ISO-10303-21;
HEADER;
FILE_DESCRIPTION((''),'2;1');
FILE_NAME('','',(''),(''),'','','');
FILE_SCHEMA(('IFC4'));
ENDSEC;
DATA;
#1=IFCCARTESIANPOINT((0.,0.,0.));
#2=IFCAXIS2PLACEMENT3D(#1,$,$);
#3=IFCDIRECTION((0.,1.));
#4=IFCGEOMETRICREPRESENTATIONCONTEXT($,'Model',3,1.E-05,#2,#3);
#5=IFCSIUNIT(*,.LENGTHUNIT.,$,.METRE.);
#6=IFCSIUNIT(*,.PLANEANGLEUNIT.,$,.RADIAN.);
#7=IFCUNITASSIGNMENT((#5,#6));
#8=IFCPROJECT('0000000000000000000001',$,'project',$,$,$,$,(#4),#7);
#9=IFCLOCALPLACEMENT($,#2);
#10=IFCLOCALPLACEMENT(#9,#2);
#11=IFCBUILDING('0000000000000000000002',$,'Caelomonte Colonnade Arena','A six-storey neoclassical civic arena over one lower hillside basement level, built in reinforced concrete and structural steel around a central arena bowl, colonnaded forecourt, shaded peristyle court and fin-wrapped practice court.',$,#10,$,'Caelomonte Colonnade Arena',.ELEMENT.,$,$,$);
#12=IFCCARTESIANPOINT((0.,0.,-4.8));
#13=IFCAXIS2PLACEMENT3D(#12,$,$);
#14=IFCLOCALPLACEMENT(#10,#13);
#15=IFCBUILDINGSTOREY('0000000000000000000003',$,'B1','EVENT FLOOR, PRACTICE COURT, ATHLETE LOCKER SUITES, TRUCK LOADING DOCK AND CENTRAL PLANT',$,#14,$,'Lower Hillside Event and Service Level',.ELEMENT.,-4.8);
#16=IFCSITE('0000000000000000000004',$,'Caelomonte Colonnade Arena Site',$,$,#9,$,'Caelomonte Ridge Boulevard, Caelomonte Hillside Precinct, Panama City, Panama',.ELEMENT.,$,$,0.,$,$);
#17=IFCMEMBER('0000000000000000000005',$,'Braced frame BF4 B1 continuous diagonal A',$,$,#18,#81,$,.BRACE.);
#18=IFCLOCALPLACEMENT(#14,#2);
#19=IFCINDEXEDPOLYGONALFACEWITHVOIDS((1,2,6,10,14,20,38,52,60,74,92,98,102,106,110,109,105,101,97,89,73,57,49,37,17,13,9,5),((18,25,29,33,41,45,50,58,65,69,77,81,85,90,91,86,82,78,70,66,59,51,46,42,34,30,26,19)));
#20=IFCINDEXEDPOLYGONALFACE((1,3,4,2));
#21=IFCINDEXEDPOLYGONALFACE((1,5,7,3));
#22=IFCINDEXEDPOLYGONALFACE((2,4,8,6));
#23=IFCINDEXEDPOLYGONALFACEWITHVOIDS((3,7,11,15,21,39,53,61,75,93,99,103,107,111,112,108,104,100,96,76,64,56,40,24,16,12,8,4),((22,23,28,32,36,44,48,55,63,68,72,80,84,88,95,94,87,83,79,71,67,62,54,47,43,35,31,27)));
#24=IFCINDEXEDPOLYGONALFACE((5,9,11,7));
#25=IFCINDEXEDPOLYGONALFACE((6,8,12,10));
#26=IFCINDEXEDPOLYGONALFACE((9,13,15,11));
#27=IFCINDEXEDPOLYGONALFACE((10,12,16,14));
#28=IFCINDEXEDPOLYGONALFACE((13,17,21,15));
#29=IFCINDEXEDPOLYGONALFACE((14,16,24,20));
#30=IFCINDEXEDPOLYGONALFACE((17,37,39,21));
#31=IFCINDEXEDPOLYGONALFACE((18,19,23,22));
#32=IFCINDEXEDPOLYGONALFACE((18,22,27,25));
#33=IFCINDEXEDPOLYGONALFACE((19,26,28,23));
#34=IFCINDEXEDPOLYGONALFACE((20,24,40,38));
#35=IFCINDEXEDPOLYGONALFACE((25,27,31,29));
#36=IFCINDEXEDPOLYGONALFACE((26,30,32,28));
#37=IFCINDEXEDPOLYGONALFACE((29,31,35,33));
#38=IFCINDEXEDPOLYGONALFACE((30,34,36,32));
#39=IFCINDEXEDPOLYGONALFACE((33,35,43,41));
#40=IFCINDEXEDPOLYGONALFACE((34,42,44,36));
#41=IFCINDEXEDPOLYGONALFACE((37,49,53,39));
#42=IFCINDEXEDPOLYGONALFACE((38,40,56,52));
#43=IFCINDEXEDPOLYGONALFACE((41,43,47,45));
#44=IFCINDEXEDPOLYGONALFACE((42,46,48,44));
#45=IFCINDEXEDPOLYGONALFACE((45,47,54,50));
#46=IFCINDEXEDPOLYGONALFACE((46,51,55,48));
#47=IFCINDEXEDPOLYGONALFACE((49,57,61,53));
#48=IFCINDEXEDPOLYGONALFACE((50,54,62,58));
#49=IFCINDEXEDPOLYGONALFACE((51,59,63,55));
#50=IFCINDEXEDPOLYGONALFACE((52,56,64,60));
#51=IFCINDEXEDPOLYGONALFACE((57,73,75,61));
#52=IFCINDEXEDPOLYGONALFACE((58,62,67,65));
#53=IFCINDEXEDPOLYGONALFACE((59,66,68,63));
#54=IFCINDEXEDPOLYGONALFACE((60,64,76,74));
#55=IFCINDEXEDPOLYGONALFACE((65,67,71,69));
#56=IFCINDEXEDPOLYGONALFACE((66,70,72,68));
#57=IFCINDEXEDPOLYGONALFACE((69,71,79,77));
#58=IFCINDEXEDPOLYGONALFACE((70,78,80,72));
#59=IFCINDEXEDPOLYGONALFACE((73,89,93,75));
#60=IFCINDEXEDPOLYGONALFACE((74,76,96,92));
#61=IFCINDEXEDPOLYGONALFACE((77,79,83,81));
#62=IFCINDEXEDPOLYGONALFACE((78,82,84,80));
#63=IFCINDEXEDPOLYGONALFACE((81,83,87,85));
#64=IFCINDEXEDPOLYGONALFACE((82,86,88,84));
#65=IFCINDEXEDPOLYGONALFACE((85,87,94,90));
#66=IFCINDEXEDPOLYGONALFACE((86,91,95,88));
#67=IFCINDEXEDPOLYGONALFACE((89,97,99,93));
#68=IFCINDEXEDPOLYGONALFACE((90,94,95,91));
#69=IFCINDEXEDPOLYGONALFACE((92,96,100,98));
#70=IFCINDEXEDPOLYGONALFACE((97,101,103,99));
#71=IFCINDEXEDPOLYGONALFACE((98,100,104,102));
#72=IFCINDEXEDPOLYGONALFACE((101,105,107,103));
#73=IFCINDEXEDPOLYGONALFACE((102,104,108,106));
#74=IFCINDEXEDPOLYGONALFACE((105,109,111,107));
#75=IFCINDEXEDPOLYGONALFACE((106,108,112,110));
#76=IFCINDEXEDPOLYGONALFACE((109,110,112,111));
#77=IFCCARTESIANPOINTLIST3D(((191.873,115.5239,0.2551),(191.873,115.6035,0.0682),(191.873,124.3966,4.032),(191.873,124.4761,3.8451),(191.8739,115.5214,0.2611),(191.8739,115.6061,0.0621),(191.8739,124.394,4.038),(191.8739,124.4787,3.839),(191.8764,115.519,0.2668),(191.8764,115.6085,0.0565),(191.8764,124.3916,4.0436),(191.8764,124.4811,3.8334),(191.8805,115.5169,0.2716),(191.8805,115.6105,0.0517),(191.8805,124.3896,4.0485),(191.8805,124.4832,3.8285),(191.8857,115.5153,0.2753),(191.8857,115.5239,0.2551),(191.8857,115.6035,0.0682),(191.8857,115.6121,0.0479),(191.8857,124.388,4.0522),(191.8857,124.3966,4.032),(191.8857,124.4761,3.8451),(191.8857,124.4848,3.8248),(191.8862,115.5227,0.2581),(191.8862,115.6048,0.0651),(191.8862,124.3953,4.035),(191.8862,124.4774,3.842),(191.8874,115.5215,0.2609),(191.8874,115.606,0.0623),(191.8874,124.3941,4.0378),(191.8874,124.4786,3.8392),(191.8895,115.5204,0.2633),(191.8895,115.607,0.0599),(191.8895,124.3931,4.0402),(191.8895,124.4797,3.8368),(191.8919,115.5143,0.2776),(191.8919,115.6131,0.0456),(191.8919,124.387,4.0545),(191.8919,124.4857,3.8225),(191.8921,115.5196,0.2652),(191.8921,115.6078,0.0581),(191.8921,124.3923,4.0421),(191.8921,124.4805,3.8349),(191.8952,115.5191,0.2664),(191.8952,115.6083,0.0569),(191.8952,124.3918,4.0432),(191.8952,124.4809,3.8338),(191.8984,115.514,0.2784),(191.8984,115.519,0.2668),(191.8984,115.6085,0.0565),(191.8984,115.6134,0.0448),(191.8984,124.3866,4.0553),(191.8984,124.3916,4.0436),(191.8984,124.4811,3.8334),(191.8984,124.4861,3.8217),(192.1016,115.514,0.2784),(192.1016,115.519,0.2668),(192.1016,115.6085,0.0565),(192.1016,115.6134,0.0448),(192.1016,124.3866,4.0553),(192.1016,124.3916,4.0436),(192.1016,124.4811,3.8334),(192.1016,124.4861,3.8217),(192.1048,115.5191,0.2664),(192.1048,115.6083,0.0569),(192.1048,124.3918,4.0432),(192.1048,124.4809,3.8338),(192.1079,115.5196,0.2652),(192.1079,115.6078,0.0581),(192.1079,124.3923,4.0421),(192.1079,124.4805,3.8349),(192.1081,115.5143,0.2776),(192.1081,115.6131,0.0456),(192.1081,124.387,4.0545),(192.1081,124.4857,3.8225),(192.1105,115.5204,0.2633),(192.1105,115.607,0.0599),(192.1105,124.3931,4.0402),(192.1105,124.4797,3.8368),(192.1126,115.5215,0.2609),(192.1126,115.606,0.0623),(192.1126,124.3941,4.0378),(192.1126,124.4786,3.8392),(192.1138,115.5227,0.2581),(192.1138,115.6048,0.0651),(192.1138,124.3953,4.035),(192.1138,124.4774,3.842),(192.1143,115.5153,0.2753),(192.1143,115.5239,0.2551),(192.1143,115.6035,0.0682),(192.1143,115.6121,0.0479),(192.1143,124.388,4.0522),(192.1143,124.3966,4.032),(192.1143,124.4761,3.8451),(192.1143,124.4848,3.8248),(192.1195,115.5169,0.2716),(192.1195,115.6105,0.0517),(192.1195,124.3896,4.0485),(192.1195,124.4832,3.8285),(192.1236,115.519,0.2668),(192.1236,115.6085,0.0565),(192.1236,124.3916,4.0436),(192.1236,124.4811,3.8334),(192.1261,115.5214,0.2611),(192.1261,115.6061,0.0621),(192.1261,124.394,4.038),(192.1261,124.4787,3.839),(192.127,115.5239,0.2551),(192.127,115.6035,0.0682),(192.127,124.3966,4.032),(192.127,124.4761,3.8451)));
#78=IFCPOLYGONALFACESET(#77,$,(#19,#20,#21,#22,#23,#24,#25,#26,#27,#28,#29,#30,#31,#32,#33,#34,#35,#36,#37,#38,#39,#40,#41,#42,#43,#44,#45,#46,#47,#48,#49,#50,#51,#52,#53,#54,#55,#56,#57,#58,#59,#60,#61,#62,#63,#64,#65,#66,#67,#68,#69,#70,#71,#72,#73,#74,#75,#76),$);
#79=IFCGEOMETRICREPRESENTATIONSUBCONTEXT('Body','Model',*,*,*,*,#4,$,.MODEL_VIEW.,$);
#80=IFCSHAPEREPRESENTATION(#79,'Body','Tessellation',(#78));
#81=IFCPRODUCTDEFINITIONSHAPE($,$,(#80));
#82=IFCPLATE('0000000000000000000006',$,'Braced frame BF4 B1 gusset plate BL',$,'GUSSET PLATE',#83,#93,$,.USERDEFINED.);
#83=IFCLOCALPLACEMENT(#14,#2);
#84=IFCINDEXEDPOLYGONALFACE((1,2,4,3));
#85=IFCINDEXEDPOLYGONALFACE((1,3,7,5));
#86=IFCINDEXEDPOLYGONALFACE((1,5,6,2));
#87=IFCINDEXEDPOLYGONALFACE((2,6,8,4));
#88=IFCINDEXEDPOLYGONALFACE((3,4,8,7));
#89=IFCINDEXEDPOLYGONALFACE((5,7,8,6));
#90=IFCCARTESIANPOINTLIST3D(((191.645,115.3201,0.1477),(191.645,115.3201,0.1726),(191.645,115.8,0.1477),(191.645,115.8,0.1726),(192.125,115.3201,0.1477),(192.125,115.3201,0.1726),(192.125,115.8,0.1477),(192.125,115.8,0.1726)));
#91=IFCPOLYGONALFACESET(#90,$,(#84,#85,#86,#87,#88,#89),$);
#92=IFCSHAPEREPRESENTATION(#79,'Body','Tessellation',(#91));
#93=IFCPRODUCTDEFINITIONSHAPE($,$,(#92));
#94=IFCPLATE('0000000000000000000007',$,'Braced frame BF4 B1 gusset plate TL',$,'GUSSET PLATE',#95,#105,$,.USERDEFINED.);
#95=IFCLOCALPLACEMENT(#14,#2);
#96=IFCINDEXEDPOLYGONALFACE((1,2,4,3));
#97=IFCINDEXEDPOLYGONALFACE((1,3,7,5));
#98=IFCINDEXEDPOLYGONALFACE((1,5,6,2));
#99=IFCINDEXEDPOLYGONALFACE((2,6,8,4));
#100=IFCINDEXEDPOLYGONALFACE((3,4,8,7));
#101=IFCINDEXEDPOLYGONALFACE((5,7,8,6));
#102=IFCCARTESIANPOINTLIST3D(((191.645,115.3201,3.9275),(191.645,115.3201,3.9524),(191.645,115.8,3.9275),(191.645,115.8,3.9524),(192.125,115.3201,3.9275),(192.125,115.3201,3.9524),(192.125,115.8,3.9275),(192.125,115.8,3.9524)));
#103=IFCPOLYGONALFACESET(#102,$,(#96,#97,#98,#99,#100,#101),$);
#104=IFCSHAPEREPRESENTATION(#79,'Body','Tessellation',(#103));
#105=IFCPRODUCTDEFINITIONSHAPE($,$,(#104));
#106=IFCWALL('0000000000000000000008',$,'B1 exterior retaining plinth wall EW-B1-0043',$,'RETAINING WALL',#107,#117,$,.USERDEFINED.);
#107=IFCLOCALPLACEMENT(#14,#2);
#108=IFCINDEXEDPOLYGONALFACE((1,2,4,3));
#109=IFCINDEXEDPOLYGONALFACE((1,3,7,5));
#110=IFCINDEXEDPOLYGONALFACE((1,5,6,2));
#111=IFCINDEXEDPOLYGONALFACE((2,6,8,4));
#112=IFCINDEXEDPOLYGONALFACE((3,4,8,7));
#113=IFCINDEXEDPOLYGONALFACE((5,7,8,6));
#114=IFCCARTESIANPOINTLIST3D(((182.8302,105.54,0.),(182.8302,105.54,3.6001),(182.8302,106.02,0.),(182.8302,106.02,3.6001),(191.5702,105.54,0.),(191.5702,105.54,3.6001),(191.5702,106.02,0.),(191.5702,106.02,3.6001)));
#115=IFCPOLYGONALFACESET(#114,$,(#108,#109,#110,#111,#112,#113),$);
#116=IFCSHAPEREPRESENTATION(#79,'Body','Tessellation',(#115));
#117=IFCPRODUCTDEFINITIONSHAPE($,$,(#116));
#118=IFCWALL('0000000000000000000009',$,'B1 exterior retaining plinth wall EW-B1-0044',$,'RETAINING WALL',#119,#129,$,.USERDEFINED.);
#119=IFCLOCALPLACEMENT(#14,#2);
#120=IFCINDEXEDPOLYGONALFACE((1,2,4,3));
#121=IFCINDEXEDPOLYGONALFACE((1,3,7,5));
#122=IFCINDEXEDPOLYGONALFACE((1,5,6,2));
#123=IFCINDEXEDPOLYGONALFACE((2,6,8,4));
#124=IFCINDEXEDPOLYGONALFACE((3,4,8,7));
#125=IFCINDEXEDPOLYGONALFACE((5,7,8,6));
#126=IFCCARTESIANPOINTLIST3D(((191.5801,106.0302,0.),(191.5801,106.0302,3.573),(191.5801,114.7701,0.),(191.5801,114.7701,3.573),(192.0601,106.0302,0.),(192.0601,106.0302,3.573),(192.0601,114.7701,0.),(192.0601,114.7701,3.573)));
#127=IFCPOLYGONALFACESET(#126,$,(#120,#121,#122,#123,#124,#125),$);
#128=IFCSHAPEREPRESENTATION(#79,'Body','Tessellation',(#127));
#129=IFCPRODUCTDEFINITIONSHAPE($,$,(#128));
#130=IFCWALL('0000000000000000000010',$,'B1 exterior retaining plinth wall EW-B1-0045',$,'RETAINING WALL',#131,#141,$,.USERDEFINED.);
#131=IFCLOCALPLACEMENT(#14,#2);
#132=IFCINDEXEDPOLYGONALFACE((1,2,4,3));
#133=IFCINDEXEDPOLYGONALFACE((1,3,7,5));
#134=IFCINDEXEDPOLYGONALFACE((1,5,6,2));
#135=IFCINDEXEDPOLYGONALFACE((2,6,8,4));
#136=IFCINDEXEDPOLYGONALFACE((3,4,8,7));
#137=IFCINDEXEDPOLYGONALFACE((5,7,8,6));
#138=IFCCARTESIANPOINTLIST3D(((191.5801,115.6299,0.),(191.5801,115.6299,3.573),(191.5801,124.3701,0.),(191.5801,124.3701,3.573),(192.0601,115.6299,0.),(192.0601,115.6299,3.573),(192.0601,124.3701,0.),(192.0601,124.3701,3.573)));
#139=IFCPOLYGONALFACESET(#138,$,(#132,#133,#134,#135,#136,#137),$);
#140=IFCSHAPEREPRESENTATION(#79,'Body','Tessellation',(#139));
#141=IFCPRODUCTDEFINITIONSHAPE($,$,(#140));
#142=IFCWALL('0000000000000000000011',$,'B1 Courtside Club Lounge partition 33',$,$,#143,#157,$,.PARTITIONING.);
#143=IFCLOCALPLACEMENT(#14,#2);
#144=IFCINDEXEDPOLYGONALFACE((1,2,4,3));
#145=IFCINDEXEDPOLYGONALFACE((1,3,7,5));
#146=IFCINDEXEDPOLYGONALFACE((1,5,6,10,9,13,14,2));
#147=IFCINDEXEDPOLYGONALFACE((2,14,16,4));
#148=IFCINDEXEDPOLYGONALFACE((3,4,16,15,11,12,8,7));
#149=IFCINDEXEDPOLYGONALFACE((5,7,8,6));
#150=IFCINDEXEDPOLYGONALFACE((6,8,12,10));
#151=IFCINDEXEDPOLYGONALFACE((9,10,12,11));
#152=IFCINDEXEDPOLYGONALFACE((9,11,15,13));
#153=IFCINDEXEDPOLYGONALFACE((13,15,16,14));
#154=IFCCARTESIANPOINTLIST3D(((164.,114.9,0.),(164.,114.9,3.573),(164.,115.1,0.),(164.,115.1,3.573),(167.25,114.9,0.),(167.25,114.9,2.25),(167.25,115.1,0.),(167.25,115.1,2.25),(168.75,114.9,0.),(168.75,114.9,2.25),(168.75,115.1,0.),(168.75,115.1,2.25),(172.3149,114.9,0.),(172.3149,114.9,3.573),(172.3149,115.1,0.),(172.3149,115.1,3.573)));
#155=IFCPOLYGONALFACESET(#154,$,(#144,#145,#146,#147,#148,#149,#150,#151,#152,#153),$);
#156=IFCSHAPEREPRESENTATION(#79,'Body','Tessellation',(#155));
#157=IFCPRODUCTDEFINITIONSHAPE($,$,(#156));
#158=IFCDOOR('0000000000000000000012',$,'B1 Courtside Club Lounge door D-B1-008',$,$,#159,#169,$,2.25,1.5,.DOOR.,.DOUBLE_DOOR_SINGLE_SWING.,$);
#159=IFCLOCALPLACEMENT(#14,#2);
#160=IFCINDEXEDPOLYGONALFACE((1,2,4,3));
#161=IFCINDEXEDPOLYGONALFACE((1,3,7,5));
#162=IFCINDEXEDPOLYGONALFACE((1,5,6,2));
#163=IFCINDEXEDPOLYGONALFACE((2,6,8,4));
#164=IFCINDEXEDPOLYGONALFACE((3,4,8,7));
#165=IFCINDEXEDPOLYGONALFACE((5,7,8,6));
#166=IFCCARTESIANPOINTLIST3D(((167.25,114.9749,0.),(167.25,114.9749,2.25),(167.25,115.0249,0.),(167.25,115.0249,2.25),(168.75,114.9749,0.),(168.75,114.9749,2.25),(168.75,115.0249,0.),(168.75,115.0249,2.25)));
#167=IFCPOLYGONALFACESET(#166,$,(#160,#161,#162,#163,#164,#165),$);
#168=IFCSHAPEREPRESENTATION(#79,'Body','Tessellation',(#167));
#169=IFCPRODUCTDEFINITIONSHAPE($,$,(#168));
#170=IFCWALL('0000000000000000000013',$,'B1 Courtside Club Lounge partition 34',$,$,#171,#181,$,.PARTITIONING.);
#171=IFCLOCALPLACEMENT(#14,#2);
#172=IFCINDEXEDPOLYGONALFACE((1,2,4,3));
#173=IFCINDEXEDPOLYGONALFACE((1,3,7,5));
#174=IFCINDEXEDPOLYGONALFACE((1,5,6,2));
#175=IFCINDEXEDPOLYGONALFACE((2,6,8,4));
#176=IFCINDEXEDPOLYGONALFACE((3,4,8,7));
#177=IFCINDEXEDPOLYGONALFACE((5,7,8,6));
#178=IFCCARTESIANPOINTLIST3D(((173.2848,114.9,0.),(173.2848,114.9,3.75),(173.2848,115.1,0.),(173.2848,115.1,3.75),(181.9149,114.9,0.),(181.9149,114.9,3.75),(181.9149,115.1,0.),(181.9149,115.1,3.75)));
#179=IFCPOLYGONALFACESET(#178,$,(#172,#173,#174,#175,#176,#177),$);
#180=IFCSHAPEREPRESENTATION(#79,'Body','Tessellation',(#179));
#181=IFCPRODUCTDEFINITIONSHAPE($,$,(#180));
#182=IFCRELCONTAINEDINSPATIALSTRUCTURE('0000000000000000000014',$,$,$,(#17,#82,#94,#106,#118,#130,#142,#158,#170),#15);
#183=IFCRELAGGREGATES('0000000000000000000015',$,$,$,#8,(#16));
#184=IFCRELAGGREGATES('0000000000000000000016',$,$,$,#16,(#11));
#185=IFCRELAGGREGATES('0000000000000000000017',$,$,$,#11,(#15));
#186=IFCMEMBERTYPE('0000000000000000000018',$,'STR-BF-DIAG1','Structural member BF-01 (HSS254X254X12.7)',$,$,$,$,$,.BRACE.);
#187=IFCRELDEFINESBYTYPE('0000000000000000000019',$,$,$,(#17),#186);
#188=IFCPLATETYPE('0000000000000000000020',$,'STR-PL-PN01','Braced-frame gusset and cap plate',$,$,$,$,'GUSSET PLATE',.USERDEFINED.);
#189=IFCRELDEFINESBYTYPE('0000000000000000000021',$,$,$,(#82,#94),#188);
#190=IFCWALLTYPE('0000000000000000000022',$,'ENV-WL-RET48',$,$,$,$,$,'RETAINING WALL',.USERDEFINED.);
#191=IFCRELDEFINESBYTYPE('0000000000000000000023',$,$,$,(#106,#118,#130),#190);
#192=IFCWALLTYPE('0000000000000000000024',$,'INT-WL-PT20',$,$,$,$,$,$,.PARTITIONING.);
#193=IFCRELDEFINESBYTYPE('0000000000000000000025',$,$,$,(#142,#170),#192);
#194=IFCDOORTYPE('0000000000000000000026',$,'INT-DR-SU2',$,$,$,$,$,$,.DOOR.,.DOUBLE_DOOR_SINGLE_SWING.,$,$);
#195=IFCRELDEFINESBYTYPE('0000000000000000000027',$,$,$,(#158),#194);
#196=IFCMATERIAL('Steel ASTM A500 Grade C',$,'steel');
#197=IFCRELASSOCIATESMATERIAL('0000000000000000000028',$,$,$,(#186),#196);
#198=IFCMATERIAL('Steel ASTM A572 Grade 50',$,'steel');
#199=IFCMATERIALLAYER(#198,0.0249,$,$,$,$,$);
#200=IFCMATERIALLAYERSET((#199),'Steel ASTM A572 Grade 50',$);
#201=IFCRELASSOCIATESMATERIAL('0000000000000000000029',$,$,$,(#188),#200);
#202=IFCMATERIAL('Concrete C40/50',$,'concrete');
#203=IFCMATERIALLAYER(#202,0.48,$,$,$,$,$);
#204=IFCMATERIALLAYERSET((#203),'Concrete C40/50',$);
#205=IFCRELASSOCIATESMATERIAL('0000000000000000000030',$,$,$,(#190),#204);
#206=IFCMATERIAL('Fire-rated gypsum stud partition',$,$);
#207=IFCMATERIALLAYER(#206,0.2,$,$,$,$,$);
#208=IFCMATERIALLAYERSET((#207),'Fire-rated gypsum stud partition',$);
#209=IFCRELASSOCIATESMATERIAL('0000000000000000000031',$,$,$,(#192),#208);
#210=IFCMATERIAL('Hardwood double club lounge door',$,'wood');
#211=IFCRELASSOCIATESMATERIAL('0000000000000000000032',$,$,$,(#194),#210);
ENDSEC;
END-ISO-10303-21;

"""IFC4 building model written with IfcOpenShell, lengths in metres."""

from ifc_helpers import new_model, si_unit, direction, frame, frame_2d, origin, origin_2d, place, context, subcontext, project, spatial, rectangle, hollow_rectangle, extrude, material, layer, layer_set, material_profile, profile_set, type_object, element, fill, save


model = new_model("IFC4")

# Units and contexts
model_context = context("Model", 3, precision=1e-05, world=origin(), true_north=direction((0.0, 1.0)))
body_context = subcontext(model_context, "Body", "Model", "MODEL_VIEW")
ifc_project = project(units=[si_unit("LENGTHUNIT", "METRE"), si_unit("PLANEANGLEUNIT", "RADIAN")], contexts=[model_context])

# Site, building, storey
site_placement = place(None, origin())
site = spatial("IfcSite", under=ifc_project, at=site_placement, Name="Caelomonte Colonnade Arena Site", LongName="Caelomonte Ridge Boulevard, Caelomonte Hillside Precinct, Panama City, Panama", CompositionType="ELEMENT", RefElevation=0.0)
building_placement = place(site_placement, origin())
building = spatial("IfcBuilding", under=site, at=building_placement, Name="Caelomonte Colonnade Arena", Description="A six-storey neoclassical civic arena over one lower hillside basement level, built in reinforced concrete and structural steel around a central arena bowl, colonnaded forecourt, shaded peristyle court and fin-wrapped practice court.", LongName="Caelomonte Colonnade Arena", CompositionType="ELEMENT")
storey_placement = place(building_placement, frame((0.0, 0.0, -4.8)))
storey = spatial("IfcBuildingStorey", under=building, at=storey_placement, Name="B1", Description="EVENT FLOOR, PRACTICE COURT, ATHLETE LOCKER SUITES, TRUCK LOADING DOCK AND CENTRAL PLANT", LongName="Lower Hillside Event and Service Level", CompositionType="ELEMENT", Elevation=-4.8)

# Shared definitions
ifc_material_1 = material(Name="Concrete C40/50", Category="concrete")

# Member
ifc_material_2 = material(Name="Steel ASTM A500 Grade C", Category="steel")
ifc_material_profile_1 = material_profile(ifc_material_2, hollow_rectangle(XDim=0.2539, YDim=0.2539, WallThickness=0.0127, InnerFilletRadius=0.0127, OuterFilletRadius=0.0254, at=origin_2d()), Name="HSS254X254X12.7")
ifc_profile_set_1 = profile_set([ifc_material_profile_1], Name="Steel ASTM A500 Grade C")
member_type = type_object("IfcMemberType", Name="STR-BF-DIAG1", Description="Structural member BF-01 (HSS254X254X12.7)", PredefinedType="BRACE", material=ifc_profile_set_1)
member_placement = place(storey_placement, frame((192.0, 115.5637, 0.1616), z_axis=(0.0, 0.920106, 0.391669), x_axis=(-1.0, 0.0, 0.0)))
element("IfcMember", 1, at=member_placement, inside=storey, type_object=member_type, Name="Braced frame BF4 B1 continuous diagonal A", PredefinedType="BRACE", context=body_context, shape_type="SweptSolid", body=[
    extrude(hollow_rectangle(XDim=0.2539, YDim=0.2539, WallThickness=0.0127, InnerFilletRadius=0.0127, OuterFilletRadius=0.0254, at=origin_2d()), origin(), (0.0, 0.0, 1.0), 9.6431),
])

# Plates
ifc_material_3 = material(Name="Steel ASTM A572 Grade 50", Category="steel")
ifc_layer_1 = layer(ifc_material_3, 0.0249)
ifc_layer_set_1 = layer_set([ifc_layer_1], Name="Steel ASTM A572 Grade 50")
plate_type = type_object("IfcPlateType", Name="STR-PL-PN01", Description="Braced-frame gusset and cap plate", ElementType="GUSSET PLATE", PredefinedType="USERDEFINED", material=ifc_layer_set_1)
for number, where, z_axis, x_axis, name in (
    (2, (191.885, 115.5601, 0.1477), (0.0, 0.0, 1.0), (1.0, 0.0, 0.0), "Braced frame BF4 B1 gusset plate BL"),
    (3, (191.885, 115.5601, 3.9275), (0.0, 0.0, 1.0), (1.0, 0.0, 0.0), "Braced frame BF4 B1 gusset plate TL"),
):
    element("IfcPlate", number, at=place(storey_placement, frame(where, z_axis=z_axis, x_axis=x_axis)), inside=storey, type_object=plate_type, Name=name, ObjectType="GUSSET PLATE", PredefinedType="USERDEFINED", context=body_context, shape_type="SweptSolid", body=[
        extrude(rectangle(XDim=0.48, YDim=0.48, at=origin_2d()), origin(), (0.0, 0.0, 1.0), 0.0249),
    ])

# Walls
ifc_layer_2 = layer(ifc_material_1, 0.48)
ifc_layer_set_2 = layer_set([ifc_layer_2], Name="Concrete C40/50")
wall_type_1 = type_object("IfcWallType", Name="ENV-WL-RET48", ElementType="RETAINING WALL", PredefinedType="USERDEFINED", material=ifc_layer_set_2)
wall_1_placement = place(storey_placement, frame((182.8301, 105.78, 0.0), z_axis=(0.0, 0.0, 1.0), x_axis=(1.0, 0.0, 0.0)))
element("IfcWall", 4, at=wall_1_placement, inside=storey, type_object=wall_type_1, Name="B1 exterior retaining plinth wall EW-B1-0043", ObjectType="RETAINING WALL", PredefinedType="USERDEFINED", context=body_context, shape_type="SweptSolid", body=[
    extrude(rectangle(XDim=8.74, YDim=0.48, at=frame_2d((4.3701, 0.0))), origin(), (0.0, 0.0, 1.0), 3.6001),
])
wall_2_placement = place(storey_placement, frame((191.8201, 106.03, 0.0), z_axis=(0.0, 0.0, 1.0), x_axis=(0.0, 1.0, 0.0)))
element("IfcWall", 5, at=wall_2_placement, inside=storey, type_object=wall_type_1, Name="B1 exterior retaining plinth wall EW-B1-0044", ObjectType="RETAINING WALL", PredefinedType="USERDEFINED", context=body_context, shape_type="SweptSolid", body=[
    extrude(rectangle(XDim=8.74, YDim=0.48, at=frame_2d((4.3701, 0.0))), origin(), (0.0, 0.0, 1.0), 3.573),
])
wall_3_placement = place(storey_placement, frame((191.8201, 115.6299, 0.0), z_axis=(0.0, 0.0, 1.0), x_axis=(0.0, 1.0, 0.0)))
element("IfcWall", 6, at=wall_3_placement, inside=storey, type_object=wall_type_1, Name="B1 exterior retaining plinth wall EW-B1-0045", ObjectType="RETAINING WALL", PredefinedType="USERDEFINED", context=body_context, shape_type="SweptSolid", body=[
    extrude(rectangle(XDim=8.7402, YDim=0.48, at=frame_2d((4.3701, 0.0))), origin(), (0.0, 0.0, 1.0), 3.573),
])

# Wall, opening, door
ifc_material_4 = material(Name="Fire-rated gypsum stud partition")
ifc_layer_3 = layer(ifc_material_4, 0.2)
ifc_layer_set_3 = layer_set([ifc_layer_3], Name="Fire-rated gypsum stud partition")
wall_type_2 = type_object("IfcWallType", Name="INT-WL-PT20", PredefinedType="PARTITIONING", material=ifc_layer_set_3)
wall_4_placement = place(storey_placement, frame((164.0, 115.0, 0.0), z_axis=(0.0, 0.0, 1.0), x_axis=(1.0, 0.0, 0.0)))
wall_4 = element("IfcWall", 7, at=wall_4_placement, inside=storey, type_object=wall_type_2, Name="B1 Courtside Club Lounge partition 33", PredefinedType="PARTITIONING", context=body_context, shape_type="SweptSolid", body=[
    extrude(rectangle(XDim=8.3149, YDim=0.2, at=frame_2d((4.1575, 0.0))), origin(), (0.0, 0.0, 1.0), 3.573),
])
opening_1_placement = place(wall_4_placement, frame((3.25, 0.0, 0.0), z_axis=(0.0, 0.0, 1.0), x_axis=(1.0, 0.0, 0.0)))
opening_1 = element("IfcOpeningElement", 8, at=opening_1_placement, cuts=wall_4, PredefinedType="OPENING", context=body_context, shape_type="SweptSolid", body=[
    extrude(rectangle(XDim=1.5, YDim=2.25, at=frame_2d((0.75, 1.125))), frame((0.0, 0.1099, 0.0), z_axis=(0.0, -1.0, 0.0), x_axis=(1.0, 0.0, 0.0)), (0.0, 0.0, 1.0), 0.22),
])
ifc_material_5 = material(Name="Hardwood double club lounge door", Category="wood")
door_type_1 = type_object("IfcDoorType", Name="INT-DR-SU2", OperationType="DOUBLE_DOOR_SINGLE_SWING", PredefinedType="DOOR", material=ifc_material_5)
door_1_placement = place(opening_1_placement, origin())
door_1 = element("IfcDoor", 9, at=door_1_placement, inside=storey, type_object=door_type_1, Name="B1 Courtside Club Lounge door D-B1-008", OperationType="DOUBLE_DOOR_SINGLE_SWING", OverallHeight=2.25, OverallWidth=1.5, PredefinedType="DOOR", context=body_context, shape_type="SweptSolid", body=[
    extrude(rectangle(XDim=1.5, YDim=2.25, at=frame_2d((0.75, 1.125))), frame((0.0, 0.0249, 0.0), z_axis=(0.0, -1.0, 0.0), x_axis=(1.0, 0.0, 0.0)), (0.0, 0.0, 1.0), 0.05),
])
fill(opening_1, door_1)

# Wall
wall_5_placement = place(storey_placement, frame((173.2849, 115.0, 0.0), z_axis=(0.0, 0.0, 1.0), x_axis=(1.0, 0.0, 0.0)))
element("IfcWall", 10, at=wall_5_placement, inside=storey, type_object=wall_type_2, Name="B1 Courtside Club Lounge partition 34", PredefinedType="PARTITIONING", context=body_context, shape_type="SweptSolid", body=[
    extrude(rectangle(XDim=8.6301, YDim=0.2, at=frame_2d((4.3149, 0.0))), origin(), (0.0, 0.0, 1.0), 3.75),
])

save(model, "model.ifc")
